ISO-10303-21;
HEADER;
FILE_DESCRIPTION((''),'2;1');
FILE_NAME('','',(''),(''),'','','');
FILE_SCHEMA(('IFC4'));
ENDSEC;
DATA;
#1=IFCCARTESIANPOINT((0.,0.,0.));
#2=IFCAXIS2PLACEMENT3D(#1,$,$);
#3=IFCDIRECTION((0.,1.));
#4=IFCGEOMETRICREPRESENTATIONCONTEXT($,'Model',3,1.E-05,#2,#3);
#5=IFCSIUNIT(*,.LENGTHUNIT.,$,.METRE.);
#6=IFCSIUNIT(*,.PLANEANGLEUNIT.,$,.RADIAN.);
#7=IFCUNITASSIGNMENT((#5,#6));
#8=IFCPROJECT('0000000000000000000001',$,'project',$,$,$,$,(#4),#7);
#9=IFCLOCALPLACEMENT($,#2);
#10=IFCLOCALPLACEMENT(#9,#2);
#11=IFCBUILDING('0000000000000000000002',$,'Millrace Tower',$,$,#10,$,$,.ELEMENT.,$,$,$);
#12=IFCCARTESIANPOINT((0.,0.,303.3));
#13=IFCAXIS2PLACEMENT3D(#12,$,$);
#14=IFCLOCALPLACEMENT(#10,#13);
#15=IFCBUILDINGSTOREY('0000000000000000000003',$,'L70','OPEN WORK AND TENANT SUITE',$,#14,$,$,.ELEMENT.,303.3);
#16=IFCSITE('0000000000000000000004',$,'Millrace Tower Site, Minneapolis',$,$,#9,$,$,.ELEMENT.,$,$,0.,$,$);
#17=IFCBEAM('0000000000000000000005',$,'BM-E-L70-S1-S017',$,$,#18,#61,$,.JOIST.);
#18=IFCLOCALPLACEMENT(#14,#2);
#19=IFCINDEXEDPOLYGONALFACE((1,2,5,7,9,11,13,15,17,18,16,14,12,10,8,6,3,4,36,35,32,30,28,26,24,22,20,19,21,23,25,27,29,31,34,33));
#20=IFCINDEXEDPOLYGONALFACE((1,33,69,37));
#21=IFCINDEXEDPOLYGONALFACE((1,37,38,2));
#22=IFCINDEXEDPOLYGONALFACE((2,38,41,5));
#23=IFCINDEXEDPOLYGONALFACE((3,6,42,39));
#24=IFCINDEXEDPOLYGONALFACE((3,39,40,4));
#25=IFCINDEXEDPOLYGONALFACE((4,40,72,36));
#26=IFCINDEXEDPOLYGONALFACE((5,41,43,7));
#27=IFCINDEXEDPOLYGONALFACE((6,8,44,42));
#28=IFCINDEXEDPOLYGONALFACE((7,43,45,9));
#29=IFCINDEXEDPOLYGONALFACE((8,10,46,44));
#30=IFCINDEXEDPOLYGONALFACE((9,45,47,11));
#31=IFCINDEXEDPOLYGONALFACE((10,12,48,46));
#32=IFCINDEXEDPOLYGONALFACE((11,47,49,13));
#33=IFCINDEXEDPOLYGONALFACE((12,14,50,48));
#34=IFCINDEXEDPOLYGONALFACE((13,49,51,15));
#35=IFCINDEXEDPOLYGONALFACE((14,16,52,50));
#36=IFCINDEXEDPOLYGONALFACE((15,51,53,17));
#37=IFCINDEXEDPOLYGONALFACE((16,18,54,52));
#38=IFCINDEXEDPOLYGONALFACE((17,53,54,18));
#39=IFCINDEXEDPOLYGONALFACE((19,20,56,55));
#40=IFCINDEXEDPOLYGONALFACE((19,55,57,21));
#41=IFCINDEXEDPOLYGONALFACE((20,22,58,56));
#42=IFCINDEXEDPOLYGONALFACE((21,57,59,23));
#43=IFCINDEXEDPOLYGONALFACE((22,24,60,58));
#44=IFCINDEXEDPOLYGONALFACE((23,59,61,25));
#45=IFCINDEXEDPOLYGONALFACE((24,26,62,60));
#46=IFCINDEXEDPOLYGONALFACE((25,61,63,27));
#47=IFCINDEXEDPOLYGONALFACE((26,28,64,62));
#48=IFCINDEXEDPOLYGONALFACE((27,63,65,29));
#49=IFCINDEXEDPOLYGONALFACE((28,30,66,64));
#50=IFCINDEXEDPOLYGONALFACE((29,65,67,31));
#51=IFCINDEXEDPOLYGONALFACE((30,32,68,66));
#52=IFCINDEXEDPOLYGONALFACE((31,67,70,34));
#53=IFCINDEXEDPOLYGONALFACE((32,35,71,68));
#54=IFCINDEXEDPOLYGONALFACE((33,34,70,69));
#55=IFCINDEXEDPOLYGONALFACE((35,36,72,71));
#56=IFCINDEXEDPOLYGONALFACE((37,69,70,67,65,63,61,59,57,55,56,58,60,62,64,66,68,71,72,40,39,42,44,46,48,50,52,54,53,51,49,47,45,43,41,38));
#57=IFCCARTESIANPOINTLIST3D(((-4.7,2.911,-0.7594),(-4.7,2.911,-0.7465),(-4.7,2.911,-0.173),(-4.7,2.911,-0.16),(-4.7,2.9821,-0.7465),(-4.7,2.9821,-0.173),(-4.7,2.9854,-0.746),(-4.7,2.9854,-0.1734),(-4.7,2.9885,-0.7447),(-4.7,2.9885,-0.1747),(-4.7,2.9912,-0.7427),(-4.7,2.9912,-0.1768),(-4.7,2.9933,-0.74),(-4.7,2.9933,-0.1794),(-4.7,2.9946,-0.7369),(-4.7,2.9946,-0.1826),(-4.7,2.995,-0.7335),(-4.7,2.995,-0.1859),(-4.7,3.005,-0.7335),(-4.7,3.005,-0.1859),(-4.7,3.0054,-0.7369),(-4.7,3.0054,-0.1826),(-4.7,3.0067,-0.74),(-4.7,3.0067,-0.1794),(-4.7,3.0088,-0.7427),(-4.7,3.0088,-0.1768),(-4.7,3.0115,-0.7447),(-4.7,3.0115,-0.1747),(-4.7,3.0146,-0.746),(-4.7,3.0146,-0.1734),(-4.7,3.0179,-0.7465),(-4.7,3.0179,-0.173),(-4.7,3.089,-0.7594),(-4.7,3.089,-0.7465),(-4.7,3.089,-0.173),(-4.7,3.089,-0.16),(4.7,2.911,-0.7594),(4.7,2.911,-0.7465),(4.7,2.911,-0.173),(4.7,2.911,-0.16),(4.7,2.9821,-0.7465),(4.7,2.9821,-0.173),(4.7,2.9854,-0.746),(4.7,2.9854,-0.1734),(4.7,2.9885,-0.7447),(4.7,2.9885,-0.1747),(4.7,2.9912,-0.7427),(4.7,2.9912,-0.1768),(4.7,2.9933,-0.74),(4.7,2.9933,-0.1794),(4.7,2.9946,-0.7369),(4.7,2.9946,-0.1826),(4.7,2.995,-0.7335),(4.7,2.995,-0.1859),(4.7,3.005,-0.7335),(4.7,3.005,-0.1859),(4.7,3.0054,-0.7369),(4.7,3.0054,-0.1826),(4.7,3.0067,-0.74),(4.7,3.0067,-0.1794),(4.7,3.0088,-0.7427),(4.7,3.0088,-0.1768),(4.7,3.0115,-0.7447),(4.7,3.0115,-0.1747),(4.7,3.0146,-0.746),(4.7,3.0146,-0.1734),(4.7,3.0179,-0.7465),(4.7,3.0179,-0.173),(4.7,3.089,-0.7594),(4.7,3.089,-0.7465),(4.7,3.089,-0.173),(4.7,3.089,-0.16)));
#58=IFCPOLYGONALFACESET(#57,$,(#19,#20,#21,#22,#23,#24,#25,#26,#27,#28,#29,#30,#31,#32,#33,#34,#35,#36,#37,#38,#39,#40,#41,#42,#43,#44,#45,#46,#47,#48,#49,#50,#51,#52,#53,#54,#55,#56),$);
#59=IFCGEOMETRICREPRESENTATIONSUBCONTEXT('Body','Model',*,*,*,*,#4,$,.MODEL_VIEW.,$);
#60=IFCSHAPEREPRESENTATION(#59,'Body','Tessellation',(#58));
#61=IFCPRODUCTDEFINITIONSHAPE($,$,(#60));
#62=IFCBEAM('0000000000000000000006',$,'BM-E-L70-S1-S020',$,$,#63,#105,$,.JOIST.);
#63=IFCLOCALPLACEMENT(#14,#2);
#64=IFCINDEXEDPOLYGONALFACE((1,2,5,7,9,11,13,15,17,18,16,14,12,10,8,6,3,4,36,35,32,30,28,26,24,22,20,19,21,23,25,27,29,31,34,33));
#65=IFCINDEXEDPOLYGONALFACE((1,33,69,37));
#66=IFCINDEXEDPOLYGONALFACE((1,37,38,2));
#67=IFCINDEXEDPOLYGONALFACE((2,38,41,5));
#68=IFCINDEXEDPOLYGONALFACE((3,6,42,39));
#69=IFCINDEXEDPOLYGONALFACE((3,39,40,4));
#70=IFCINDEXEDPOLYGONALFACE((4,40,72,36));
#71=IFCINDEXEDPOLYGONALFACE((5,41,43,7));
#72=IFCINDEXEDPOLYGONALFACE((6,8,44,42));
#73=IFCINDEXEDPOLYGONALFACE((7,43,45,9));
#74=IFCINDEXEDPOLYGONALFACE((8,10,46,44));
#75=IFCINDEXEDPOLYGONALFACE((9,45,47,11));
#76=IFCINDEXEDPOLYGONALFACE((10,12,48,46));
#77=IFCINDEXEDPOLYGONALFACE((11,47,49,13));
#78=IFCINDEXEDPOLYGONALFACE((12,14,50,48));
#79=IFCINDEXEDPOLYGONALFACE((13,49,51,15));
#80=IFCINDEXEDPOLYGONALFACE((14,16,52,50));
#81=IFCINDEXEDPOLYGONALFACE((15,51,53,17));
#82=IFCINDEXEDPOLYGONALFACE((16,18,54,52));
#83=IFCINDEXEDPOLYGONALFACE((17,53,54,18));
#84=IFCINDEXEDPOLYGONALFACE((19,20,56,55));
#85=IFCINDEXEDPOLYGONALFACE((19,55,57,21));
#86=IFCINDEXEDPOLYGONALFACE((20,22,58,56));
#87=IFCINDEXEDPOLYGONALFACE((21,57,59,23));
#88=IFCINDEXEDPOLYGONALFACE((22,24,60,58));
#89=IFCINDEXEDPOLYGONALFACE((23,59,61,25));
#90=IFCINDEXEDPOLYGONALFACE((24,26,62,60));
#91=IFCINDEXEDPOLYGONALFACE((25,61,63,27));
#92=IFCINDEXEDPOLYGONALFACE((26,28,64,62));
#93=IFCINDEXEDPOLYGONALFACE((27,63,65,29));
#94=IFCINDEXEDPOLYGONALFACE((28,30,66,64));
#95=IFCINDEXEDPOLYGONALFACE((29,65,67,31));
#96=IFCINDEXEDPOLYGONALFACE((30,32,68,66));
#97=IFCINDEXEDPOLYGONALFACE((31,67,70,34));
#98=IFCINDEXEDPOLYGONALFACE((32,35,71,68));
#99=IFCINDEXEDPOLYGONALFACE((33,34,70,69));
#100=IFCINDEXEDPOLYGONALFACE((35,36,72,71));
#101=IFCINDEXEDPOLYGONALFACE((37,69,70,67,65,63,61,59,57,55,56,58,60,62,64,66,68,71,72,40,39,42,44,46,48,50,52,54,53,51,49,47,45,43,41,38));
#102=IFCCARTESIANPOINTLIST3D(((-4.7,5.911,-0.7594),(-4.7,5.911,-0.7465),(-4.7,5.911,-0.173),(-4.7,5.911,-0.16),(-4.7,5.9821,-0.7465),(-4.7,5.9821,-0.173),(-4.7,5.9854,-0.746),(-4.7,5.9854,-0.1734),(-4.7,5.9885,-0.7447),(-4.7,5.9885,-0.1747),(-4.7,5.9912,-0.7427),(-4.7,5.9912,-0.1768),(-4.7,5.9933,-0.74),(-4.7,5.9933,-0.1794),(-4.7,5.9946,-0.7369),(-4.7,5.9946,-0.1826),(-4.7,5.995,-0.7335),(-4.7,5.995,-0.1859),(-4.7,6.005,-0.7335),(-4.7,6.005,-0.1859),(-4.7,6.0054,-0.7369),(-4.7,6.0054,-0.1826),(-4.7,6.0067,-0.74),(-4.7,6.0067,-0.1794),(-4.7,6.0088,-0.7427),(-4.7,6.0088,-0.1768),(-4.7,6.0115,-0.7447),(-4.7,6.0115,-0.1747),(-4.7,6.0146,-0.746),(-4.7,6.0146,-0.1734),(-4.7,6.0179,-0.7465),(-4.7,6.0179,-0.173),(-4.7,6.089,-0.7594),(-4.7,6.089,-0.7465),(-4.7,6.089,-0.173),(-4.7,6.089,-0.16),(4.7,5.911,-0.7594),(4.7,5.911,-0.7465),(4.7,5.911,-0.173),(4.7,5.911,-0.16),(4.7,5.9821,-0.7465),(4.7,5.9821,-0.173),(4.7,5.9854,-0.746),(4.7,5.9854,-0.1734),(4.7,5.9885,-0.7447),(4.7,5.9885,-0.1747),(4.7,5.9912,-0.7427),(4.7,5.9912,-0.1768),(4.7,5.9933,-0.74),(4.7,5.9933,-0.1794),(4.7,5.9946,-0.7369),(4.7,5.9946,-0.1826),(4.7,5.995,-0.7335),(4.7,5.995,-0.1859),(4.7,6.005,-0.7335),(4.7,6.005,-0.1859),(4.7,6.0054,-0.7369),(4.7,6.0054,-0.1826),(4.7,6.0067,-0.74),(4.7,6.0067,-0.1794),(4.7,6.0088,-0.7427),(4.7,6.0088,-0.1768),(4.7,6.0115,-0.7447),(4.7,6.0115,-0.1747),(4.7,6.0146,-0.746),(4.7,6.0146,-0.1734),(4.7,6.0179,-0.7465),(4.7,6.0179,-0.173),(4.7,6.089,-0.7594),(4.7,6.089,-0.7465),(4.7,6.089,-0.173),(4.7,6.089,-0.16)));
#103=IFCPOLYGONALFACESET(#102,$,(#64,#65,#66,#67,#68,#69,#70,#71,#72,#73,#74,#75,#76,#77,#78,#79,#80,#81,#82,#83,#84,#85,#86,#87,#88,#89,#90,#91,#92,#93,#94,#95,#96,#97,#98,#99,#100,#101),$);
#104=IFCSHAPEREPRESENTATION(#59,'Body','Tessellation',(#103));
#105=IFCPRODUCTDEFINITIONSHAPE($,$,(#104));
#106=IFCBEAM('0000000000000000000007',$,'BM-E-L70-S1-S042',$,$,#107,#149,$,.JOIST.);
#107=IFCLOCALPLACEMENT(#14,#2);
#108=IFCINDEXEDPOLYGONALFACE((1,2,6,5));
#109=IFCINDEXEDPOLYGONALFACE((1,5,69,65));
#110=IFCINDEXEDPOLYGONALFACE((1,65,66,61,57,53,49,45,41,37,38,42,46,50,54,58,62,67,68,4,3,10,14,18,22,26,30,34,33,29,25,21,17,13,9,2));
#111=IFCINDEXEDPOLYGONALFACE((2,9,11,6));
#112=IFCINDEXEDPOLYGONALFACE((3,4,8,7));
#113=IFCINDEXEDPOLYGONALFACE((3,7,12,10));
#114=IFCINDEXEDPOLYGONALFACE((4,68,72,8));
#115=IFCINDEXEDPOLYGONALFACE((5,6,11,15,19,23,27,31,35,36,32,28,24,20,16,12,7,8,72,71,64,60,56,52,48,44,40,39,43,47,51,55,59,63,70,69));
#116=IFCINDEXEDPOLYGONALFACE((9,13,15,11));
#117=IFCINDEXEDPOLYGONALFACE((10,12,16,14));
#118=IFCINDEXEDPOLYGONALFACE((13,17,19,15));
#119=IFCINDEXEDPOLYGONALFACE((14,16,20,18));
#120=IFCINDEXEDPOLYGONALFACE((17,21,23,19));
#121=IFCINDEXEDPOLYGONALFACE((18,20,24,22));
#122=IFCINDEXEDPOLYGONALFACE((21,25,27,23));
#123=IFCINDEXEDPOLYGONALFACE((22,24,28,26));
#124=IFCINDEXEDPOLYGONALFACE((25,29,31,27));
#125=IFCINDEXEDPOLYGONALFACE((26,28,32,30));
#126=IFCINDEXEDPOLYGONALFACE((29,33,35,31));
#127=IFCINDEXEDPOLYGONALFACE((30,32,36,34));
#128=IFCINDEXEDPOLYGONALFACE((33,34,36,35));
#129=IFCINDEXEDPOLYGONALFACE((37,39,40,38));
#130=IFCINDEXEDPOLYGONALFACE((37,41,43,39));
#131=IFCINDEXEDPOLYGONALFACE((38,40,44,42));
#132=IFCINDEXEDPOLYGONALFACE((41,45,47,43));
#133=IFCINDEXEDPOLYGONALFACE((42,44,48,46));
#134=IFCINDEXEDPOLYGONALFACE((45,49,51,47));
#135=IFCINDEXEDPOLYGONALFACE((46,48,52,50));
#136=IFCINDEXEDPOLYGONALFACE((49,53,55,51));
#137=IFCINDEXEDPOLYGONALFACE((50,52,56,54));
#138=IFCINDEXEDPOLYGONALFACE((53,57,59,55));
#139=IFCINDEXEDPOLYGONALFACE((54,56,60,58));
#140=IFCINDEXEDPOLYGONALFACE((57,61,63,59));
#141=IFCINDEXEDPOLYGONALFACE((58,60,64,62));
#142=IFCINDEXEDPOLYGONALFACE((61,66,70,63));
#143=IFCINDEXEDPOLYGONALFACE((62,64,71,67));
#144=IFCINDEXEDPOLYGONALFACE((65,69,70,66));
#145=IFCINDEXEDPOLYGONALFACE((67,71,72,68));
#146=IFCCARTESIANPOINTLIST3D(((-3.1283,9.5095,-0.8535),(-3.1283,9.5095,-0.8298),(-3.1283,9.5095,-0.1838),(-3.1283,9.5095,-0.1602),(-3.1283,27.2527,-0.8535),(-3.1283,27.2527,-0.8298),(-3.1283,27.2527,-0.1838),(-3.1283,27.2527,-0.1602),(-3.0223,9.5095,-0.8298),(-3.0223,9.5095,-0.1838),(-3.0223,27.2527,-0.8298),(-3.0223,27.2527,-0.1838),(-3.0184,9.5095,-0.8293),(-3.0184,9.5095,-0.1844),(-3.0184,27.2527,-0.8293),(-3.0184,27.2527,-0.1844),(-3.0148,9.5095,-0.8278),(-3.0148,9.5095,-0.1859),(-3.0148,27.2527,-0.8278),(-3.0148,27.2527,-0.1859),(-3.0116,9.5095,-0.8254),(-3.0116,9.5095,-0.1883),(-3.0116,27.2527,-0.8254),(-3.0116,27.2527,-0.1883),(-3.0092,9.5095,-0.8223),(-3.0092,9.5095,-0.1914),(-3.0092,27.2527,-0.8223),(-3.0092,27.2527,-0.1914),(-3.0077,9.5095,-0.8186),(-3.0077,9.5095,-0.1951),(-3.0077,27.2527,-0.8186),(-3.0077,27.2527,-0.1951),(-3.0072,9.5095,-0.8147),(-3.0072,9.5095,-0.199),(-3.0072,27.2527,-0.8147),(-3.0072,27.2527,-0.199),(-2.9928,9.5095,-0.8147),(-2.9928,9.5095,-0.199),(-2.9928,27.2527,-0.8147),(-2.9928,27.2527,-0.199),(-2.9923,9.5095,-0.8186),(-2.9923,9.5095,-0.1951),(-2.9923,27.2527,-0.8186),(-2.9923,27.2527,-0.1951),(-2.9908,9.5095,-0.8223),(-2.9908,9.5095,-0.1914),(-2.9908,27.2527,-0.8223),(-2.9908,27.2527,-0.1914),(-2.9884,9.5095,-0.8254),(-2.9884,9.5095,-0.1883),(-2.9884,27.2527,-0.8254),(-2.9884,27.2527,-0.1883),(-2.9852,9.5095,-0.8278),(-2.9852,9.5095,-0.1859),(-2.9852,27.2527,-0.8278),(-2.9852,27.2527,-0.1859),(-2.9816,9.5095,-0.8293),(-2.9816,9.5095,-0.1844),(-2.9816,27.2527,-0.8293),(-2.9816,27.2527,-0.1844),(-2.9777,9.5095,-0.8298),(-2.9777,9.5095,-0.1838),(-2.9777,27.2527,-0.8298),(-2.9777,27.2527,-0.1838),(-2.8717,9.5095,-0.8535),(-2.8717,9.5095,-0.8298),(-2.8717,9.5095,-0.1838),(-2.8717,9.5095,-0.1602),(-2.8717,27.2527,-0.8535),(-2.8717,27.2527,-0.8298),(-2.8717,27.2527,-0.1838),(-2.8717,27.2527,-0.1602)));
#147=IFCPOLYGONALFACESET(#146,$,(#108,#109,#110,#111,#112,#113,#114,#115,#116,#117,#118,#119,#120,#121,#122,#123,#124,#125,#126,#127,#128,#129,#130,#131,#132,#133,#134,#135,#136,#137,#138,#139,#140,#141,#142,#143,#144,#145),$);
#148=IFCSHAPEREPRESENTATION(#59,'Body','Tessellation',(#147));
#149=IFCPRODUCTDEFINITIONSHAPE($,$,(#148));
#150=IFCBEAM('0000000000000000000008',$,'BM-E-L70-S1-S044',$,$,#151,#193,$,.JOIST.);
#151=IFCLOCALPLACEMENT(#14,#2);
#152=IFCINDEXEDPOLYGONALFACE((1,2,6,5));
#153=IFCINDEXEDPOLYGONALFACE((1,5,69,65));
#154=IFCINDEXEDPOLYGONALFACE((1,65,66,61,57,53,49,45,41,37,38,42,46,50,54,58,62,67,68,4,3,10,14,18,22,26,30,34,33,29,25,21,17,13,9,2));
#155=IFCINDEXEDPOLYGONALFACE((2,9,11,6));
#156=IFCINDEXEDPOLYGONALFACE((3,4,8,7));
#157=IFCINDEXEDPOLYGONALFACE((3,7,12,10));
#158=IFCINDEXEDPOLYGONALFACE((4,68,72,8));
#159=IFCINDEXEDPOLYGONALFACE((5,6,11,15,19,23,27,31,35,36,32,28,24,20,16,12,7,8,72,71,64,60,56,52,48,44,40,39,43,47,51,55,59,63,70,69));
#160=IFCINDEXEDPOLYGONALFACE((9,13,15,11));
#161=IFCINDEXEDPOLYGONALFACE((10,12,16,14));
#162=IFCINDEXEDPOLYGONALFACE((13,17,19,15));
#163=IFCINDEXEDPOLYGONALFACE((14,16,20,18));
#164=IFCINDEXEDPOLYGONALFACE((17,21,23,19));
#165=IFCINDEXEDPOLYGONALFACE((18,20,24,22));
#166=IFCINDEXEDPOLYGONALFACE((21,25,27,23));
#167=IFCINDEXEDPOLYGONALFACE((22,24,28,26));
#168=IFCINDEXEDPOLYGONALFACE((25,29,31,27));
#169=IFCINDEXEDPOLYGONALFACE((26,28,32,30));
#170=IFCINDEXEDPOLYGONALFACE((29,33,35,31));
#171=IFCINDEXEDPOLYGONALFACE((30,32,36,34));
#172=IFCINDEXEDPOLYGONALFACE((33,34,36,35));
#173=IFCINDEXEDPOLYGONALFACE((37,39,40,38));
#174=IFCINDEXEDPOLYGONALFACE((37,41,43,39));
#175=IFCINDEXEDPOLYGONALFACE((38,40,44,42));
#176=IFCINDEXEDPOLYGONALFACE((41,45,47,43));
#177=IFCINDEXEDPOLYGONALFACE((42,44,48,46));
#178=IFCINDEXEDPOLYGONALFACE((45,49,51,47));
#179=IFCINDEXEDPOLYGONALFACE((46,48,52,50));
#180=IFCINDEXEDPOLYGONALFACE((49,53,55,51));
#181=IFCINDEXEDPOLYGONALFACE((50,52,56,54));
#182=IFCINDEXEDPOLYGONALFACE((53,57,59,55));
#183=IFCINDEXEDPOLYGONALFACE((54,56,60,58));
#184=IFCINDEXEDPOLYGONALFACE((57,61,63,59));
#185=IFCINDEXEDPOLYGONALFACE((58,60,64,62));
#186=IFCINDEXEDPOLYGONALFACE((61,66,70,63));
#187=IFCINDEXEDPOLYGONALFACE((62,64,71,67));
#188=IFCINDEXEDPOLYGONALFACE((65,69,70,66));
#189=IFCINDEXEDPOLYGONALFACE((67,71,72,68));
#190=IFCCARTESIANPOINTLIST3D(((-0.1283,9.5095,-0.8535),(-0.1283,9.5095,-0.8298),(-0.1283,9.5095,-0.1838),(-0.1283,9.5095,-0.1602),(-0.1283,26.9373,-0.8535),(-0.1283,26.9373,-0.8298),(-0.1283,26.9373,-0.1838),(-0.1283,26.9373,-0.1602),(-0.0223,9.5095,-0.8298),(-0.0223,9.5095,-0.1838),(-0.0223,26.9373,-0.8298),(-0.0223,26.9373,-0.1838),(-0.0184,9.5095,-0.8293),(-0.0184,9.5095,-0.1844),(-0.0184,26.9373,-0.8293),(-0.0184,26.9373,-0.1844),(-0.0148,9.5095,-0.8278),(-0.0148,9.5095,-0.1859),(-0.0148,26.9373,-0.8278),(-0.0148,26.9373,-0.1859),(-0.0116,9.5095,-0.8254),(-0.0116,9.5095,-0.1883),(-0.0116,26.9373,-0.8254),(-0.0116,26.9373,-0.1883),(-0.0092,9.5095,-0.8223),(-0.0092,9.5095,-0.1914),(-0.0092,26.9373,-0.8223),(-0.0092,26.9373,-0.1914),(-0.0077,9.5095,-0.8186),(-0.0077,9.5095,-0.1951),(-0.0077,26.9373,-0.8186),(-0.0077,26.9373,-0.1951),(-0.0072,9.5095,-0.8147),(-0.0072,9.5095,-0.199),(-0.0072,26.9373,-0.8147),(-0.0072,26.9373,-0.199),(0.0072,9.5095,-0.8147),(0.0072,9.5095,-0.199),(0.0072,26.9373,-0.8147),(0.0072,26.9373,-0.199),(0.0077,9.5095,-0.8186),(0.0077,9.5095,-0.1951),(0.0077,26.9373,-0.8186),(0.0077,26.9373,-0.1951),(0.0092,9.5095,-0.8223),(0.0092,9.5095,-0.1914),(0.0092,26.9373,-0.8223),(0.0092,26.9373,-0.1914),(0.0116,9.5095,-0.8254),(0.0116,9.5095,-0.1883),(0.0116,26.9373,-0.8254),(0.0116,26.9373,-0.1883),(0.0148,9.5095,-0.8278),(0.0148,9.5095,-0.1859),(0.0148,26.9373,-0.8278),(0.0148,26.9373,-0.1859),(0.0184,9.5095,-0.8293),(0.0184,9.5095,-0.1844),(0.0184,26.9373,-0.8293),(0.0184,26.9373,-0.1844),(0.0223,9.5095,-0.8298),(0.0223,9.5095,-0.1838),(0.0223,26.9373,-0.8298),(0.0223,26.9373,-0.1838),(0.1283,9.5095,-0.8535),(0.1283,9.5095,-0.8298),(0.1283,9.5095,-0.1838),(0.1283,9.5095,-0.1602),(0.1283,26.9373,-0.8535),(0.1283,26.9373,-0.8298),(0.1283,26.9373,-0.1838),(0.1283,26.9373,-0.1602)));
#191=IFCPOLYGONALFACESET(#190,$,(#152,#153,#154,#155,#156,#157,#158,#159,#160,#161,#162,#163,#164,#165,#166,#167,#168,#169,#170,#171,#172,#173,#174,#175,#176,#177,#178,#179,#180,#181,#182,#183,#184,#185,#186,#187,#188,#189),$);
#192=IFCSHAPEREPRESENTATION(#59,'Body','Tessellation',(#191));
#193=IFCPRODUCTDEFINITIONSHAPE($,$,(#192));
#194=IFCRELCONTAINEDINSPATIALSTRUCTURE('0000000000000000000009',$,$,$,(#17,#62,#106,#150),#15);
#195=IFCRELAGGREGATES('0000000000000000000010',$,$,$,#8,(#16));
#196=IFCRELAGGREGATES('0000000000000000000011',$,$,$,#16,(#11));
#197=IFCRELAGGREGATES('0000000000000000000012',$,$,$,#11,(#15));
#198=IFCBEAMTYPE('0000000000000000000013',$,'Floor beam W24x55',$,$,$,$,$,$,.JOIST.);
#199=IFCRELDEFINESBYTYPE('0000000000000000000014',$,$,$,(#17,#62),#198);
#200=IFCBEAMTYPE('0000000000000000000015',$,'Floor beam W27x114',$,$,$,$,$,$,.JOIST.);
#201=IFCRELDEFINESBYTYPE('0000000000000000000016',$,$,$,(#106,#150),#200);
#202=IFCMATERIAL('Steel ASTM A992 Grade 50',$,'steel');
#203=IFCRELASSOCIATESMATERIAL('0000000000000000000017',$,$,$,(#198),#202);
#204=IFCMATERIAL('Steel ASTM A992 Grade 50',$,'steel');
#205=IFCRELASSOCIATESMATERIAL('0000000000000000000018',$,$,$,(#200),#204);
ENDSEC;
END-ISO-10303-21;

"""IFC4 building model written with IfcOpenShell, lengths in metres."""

from ifc_helpers import new_model, si_unit, direction, frame, origin, origin_2d, place, context, subcontext, project, spatial, i_section, extrude, material, material_profile, profile_set, type_object, element, save


model = new_model("IFC4")

# Units and contexts
model_context = context("Model", 3, precision=1e-05, world=origin(), true_north=direction((0.0, 1.0)))
body_context = subcontext(model_context, "Body", "Model", "MODEL_VIEW")
ifc_project = project(units=[si_unit("LENGTHUNIT", "METRE"), si_unit("PLANEANGLEUNIT", "RADIAN")], contexts=[model_context])

# Site, building, storey
site_placement = place(None, origin())
site = spatial("IfcSite", under=ifc_project, at=site_placement, Name="Millrace Tower Site, Minneapolis", CompositionType="ELEMENT", RefElevation=0.0)
building_placement = place(site_placement, origin())
building = spatial("IfcBuilding", under=site, at=building_placement, Name="Millrace Tower", CompositionType="ELEMENT")
storey_placement = place(building_placement, frame((0.0, 0.0, 303.3)))
storey = spatial("IfcBuildingStorey", under=building, at=storey_placement, Name="L70", Description="OPEN WORK AND TENANT SUITE", CompositionType="ELEMENT", Elevation=303.3)

# Beams
ifc_material_1 = material(Name="Steel ASTM A992 Grade 50", Category="steel")
ifc_material_profile_1 = material_profile(ifc_material_1, i_section(OverallWidth=0.178, OverallDepth=0.5994, WebThickness=0.01, FlangeThickness=0.0129, FilletRadius=0.0129, at=origin_2d()))
ifc_profile_set_1 = profile_set([ifc_material_profile_1], Name="Steel ASTM A992 Grade 50")
beam_type_1 = type_object("IfcBeamType", Name="Floor beam W24x55", PredefinedType="JOIST", material=ifc_profile_set_1)
for number, where, z_axis, x_axis, name in (
    (1, (-4.7, 3.0, -0.4597), (1.0, 0.0, 0.0), (0.0, 1.0, 0.0), "BM-E-L70-S1-S017"),
    (2, (-4.7, 6.0, -0.4597), (1.0, 0.0, 0.0), (0.0, 1.0, 0.0), "BM-E-L70-S1-S020"),
):
    element("IfcBeam", number, at=place(storey_placement, frame(where, z_axis=z_axis, x_axis=x_axis)), inside=storey, type_object=beam_type_1, Name=name, PredefinedType="JOIST", context=body_context, shape_type="SweptSolid", body=[
        extrude(i_section(OverallWidth=0.178, OverallDepth=0.5994, WebThickness=0.01, FlangeThickness=0.0129, FilletRadius=0.0129, at=origin_2d()), origin(), (0.0, 0.0, 1.0), 9.3999),
    ])
ifc_material_2 = material(Name="Steel ASTM A992 Grade 50", Category="steel")
ifc_material_profile_2 = material_profile(ifc_material_2, i_section(OverallWidth=0.2566, OverallDepth=0.6934, WebThickness=0.0144, FlangeThickness=0.0237, FilletRadius=0.0151, at=origin_2d()))
ifc_profile_set_2 = profile_set([ifc_material_profile_2], Name="Steel ASTM A992 Grade 50")
beam_type_2 = type_object("IfcBeamType", Name="Floor beam W27x114", PredefinedType="JOIST", material=ifc_profile_set_2)
beam_1_placement = place(storey_placement, frame((-3.0, 9.5095, -0.5068), z_axis=(0.0, 1.0, 0.0), x_axis=(-1.0, 0.0, 0.0)))
element("IfcBeam", 3, at=beam_1_placement, inside=storey, type_object=beam_type_2, Name="BM-E-L70-S1-S042", PredefinedType="JOIST", context=body_context, shape_type="SweptSolid", body=[
    extrude(i_section(OverallWidth=0.2566, OverallDepth=0.6934, WebThickness=0.0144, FlangeThickness=0.0237, FilletRadius=0.0151, at=origin_2d()), origin(), (0.0, 0.0, 1.0), 17.7432),
])
beam_2_placement = place(storey_placement, frame((0.0, 9.5095, -0.5068), z_axis=(0.0, 1.0, 0.0), x_axis=(-1.0, 0.0, 0.0)))
element("IfcBeam", 4, at=beam_2_placement, inside=storey, type_object=beam_type_2, Name="BM-E-L70-S1-S044", PredefinedType="JOIST", context=body_context, shape_type="SweptSolid", body=[
    extrude(i_section(OverallWidth=0.2566, OverallDepth=0.6934, WebThickness=0.0144, FlangeThickness=0.0237, FilletRadius=0.0151, at=origin_2d()), origin(), (0.0, 0.0, 1.0), 17.4277),
])

save(model, "model.ifc")
